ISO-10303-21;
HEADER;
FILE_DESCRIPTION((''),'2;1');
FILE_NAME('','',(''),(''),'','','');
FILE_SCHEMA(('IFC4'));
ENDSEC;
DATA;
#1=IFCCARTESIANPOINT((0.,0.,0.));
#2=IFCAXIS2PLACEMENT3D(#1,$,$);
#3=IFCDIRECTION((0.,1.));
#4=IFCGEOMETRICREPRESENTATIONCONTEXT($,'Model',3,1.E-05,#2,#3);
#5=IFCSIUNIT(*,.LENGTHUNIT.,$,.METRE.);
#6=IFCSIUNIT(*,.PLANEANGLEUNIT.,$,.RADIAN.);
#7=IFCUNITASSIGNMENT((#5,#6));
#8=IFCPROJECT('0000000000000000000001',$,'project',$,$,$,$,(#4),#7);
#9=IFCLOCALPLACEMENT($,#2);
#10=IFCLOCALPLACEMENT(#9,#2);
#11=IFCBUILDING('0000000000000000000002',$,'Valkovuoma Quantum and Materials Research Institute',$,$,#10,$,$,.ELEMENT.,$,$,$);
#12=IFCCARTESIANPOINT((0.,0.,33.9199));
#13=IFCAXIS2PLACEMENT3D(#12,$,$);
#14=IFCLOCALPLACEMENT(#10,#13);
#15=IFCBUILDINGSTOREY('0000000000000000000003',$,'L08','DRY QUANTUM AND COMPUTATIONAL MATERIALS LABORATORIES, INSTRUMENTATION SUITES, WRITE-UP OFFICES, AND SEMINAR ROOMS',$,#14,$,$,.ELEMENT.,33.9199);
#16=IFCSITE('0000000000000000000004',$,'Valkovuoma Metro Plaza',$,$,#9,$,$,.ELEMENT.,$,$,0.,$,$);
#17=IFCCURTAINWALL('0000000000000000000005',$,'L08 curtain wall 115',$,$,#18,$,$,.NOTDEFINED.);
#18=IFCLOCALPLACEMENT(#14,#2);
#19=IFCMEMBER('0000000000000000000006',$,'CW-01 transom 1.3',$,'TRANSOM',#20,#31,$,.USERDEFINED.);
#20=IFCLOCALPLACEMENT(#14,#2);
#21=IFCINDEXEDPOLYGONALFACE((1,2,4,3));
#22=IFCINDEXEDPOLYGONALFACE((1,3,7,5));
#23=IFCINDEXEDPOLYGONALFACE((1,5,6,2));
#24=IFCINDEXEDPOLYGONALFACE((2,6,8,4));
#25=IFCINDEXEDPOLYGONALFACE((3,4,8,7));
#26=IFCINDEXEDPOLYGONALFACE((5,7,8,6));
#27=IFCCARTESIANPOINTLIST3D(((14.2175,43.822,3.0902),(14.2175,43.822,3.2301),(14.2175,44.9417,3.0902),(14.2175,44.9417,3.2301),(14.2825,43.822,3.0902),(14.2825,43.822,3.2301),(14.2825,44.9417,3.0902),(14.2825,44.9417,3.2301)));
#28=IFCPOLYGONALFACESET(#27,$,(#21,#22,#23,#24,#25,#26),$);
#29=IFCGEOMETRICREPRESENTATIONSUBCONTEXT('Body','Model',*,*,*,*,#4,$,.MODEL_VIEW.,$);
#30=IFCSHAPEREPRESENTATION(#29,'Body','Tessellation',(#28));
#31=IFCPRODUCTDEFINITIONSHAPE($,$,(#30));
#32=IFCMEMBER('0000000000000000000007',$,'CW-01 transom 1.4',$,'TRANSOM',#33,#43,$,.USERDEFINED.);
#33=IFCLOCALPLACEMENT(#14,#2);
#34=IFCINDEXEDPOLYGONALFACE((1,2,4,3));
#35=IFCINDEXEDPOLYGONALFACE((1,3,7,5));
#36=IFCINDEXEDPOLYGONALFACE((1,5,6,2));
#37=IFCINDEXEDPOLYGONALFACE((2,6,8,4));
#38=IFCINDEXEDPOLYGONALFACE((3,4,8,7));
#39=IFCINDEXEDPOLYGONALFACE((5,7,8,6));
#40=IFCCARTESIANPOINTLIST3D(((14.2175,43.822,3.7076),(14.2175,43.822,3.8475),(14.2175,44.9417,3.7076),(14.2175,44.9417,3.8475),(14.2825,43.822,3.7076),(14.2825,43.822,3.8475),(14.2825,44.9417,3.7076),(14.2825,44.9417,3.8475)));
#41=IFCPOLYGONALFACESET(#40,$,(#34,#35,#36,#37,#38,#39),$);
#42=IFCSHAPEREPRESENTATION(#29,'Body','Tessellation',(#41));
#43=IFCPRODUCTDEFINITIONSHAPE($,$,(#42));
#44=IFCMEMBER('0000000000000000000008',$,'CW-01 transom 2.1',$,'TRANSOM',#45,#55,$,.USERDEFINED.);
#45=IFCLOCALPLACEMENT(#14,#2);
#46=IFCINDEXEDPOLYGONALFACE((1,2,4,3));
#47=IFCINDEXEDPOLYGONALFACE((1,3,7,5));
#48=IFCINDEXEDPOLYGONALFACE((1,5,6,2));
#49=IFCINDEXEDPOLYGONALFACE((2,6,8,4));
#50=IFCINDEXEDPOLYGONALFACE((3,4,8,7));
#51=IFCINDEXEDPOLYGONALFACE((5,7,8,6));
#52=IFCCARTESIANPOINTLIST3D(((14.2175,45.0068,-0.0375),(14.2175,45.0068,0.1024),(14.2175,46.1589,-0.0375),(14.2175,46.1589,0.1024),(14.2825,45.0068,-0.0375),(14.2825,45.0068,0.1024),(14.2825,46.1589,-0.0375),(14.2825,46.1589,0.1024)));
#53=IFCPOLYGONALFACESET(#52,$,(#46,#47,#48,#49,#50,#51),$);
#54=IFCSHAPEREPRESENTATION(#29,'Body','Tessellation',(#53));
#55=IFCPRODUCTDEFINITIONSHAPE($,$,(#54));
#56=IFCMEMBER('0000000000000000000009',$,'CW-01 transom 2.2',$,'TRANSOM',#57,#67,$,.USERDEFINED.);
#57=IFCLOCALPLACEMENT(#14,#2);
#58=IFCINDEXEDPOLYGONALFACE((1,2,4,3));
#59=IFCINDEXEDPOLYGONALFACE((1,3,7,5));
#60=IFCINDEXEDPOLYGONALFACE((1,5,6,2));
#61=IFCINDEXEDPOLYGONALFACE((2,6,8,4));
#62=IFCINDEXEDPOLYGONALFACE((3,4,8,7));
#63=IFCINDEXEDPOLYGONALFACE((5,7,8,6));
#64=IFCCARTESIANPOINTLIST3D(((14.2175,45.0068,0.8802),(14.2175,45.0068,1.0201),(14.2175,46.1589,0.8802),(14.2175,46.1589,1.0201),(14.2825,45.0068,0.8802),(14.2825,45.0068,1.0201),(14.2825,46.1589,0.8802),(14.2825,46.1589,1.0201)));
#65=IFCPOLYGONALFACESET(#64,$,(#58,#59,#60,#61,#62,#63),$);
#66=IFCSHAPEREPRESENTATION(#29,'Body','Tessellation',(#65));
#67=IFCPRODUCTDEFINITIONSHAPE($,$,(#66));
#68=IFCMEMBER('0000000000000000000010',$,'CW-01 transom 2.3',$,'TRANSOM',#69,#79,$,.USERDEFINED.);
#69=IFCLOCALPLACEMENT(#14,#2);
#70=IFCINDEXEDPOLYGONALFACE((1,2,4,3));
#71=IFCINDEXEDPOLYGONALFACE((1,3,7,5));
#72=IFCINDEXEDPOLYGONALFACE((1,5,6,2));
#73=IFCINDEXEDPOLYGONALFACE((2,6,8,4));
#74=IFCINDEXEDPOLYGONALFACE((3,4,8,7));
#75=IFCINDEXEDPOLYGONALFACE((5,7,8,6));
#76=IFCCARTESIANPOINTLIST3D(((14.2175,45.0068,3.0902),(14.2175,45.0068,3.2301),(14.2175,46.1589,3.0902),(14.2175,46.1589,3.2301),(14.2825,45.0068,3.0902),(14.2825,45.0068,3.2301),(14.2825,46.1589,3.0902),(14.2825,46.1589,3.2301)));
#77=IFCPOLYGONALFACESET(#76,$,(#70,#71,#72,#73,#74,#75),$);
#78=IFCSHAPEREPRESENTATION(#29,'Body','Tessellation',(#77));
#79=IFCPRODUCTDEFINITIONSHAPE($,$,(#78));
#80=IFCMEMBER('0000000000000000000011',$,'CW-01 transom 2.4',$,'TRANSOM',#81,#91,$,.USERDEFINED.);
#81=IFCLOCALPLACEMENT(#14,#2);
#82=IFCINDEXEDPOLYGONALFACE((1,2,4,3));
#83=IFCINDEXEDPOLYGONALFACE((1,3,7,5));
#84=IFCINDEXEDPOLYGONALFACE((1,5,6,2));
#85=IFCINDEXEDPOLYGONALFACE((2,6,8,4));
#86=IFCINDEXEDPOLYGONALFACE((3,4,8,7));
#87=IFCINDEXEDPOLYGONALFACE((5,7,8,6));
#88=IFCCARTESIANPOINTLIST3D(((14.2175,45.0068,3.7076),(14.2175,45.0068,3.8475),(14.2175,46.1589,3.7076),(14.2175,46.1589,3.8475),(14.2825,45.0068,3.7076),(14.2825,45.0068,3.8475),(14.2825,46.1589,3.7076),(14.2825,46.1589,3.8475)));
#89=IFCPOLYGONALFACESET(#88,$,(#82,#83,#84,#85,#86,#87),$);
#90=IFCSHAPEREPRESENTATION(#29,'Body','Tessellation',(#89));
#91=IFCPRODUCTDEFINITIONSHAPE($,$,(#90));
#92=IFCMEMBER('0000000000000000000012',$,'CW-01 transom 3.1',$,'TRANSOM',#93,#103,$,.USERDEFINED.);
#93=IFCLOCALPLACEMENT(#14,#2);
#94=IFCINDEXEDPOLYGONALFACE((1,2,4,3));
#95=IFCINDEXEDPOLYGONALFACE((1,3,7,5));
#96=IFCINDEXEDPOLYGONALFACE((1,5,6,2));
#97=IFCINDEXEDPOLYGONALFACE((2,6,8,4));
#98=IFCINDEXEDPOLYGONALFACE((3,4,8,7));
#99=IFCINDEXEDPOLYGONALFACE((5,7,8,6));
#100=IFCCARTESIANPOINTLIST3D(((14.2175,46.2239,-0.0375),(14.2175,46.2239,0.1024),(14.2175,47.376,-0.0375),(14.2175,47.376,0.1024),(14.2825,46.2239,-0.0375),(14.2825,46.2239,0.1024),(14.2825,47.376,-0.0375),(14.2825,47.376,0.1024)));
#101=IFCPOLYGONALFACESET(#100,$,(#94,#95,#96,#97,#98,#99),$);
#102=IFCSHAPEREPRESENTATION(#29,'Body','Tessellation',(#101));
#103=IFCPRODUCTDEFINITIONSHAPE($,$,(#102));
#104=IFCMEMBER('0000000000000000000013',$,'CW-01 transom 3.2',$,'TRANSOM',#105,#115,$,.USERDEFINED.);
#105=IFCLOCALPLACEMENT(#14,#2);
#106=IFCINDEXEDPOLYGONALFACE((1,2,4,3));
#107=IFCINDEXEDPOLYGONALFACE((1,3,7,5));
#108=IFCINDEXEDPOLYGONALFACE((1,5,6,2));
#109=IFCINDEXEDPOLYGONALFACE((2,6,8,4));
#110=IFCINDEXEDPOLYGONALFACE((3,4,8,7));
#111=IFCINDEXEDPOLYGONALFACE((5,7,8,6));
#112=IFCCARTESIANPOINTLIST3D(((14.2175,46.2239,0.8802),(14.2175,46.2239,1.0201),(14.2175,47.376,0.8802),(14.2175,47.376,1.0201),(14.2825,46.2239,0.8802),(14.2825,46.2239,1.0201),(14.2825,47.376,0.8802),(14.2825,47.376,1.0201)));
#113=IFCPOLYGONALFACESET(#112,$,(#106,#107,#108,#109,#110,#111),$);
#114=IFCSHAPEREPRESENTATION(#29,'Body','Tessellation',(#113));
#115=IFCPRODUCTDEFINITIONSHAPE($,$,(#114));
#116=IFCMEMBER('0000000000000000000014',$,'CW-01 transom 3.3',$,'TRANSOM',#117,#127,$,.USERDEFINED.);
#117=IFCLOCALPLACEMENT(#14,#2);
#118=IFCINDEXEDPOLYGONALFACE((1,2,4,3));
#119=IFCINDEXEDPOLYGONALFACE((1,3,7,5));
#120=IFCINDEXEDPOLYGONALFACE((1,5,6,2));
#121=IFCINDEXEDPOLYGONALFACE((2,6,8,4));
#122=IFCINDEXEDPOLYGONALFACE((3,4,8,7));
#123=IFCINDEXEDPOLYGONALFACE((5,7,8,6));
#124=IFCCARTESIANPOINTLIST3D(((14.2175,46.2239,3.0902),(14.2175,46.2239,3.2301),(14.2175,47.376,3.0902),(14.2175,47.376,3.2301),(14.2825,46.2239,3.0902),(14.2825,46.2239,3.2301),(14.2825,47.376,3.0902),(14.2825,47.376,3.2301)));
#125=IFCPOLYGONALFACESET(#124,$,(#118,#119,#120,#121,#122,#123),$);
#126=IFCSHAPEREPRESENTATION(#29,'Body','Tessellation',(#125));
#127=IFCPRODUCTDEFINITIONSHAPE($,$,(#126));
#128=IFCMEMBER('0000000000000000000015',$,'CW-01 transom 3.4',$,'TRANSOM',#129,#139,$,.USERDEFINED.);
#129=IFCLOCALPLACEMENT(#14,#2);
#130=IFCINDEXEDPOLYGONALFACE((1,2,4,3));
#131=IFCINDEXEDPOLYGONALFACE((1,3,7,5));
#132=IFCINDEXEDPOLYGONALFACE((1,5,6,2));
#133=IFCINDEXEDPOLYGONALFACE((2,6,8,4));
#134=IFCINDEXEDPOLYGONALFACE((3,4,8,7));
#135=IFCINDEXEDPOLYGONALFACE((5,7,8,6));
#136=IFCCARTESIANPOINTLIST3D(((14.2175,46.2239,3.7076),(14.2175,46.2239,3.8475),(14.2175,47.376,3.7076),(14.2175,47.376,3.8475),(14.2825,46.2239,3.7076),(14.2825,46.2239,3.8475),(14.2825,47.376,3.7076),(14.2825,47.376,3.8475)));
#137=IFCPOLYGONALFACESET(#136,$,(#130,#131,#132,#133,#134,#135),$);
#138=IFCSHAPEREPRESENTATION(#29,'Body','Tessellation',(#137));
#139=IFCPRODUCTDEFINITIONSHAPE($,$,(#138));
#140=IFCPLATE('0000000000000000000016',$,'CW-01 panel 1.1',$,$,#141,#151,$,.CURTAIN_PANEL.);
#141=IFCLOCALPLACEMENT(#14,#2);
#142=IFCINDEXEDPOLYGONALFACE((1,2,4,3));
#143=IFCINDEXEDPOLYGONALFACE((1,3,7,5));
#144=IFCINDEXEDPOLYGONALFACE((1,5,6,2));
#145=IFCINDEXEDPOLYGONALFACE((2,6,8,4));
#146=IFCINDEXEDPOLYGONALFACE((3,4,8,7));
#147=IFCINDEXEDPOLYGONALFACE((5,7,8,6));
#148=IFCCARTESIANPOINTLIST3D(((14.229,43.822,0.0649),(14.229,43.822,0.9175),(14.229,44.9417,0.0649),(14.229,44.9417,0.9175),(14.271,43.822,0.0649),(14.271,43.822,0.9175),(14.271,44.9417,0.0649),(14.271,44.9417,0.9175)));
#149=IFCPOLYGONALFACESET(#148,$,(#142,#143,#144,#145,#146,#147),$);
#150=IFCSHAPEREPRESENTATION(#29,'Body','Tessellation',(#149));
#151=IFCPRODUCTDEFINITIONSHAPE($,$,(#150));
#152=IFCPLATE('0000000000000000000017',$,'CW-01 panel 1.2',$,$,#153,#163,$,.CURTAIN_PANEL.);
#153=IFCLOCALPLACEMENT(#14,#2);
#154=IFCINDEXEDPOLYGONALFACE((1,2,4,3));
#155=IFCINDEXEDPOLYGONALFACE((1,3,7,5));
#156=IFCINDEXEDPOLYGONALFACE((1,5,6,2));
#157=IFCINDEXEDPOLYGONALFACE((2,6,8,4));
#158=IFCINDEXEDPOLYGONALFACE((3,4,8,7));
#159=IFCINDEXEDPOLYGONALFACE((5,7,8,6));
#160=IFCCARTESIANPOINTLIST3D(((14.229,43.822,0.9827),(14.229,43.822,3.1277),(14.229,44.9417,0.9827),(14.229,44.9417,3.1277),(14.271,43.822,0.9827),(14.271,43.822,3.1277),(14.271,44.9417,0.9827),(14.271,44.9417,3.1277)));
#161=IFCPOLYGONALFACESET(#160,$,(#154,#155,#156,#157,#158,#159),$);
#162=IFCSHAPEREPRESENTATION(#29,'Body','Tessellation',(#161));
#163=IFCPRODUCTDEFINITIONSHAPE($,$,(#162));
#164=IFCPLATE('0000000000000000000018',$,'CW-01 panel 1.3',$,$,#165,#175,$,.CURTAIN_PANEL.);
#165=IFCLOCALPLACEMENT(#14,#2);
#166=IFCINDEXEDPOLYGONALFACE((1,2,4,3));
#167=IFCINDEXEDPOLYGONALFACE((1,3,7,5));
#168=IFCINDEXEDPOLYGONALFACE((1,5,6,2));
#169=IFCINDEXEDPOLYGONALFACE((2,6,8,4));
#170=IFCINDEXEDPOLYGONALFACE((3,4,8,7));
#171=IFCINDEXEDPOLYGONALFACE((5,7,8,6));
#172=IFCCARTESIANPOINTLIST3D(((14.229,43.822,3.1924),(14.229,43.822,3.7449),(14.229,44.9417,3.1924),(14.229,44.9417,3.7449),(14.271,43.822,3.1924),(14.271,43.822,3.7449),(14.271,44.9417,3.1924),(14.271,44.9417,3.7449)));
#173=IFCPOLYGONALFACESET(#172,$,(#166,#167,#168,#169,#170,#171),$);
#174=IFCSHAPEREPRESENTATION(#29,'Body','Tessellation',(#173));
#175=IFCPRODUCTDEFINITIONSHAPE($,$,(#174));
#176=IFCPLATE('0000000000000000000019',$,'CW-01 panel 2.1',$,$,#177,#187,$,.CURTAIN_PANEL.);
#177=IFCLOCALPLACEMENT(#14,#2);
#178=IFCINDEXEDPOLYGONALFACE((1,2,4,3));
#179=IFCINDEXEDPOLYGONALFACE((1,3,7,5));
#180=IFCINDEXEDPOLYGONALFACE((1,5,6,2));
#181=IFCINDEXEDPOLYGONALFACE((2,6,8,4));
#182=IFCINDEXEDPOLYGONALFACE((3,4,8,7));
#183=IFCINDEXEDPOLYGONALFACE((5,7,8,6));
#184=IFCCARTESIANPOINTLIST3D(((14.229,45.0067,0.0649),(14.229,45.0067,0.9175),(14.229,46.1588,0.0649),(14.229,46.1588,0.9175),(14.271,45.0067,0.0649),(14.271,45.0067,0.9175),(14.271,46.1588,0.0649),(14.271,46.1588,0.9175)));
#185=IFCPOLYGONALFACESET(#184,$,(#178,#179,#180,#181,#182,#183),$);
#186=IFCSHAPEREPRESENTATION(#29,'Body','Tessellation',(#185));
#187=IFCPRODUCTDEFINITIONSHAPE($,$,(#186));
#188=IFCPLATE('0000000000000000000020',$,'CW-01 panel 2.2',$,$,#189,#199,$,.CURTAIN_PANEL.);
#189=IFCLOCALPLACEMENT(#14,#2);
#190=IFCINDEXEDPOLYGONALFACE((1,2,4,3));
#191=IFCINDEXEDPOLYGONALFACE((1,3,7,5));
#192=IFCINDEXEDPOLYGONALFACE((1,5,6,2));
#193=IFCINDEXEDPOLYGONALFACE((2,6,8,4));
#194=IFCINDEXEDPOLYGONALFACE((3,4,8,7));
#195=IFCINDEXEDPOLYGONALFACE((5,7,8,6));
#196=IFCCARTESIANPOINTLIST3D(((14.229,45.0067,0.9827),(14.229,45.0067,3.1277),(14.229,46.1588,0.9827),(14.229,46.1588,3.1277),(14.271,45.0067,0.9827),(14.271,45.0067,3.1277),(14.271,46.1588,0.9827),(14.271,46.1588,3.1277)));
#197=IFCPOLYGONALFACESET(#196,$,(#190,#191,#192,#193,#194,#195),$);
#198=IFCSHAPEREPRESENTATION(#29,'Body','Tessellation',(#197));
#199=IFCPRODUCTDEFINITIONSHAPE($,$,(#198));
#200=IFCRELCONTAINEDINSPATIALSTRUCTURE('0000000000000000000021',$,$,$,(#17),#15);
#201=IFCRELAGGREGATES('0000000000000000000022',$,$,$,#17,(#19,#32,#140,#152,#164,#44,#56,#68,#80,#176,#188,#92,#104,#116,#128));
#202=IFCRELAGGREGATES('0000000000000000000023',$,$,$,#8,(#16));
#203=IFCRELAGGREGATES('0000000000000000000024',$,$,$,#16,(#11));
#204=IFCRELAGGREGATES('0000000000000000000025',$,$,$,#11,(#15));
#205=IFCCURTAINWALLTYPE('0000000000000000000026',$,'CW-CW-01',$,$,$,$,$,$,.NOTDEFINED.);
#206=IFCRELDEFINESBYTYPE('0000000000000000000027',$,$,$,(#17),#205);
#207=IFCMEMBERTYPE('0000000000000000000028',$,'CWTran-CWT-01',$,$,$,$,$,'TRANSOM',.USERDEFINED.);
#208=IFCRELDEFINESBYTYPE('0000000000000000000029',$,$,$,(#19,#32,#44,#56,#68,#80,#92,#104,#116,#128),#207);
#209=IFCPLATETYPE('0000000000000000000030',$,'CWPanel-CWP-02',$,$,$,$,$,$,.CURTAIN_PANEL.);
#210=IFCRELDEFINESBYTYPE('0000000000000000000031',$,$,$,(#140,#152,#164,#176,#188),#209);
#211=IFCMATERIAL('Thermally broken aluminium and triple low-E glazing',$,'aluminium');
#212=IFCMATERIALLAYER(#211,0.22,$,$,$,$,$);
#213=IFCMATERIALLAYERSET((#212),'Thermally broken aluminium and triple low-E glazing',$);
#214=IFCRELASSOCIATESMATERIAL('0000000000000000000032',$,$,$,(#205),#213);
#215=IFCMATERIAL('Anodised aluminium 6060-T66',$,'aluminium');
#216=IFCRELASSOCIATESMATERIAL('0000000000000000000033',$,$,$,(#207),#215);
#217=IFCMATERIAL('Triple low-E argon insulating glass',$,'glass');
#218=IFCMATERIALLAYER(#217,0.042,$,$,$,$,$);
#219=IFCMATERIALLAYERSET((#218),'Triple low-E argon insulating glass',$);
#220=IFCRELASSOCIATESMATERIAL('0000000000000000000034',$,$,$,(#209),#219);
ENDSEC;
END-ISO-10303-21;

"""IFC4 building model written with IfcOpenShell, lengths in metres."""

from ifc_helpers import new_model, si_unit, direction, frame, origin, origin_2d, place, context, subcontext, project, spatial, rectangle, extrude, material, layer, layer_set, material_profile, profile_set, type_object, element, aggregate, save


model = new_model("IFC4")

# Units and contexts
model_context = context("Model", 3, precision=1e-05, world=origin(), true_north=direction((0.0, 1.0)))
body_context = subcontext(model_context, "Body", "Model", "MODEL_VIEW")
ifc_project = project(units=[si_unit("LENGTHUNIT", "METRE"), si_unit("PLANEANGLEUNIT", "RADIAN")], contexts=[model_context])

# Site, building, storey
site_placement = place(None, origin())
site = spatial("IfcSite", under=ifc_project, at=site_placement, Name="Valkovuoma Metro Plaza", CompositionType="ELEMENT", RefElevation=0.0)
building_placement = place(site_placement, origin())
building = spatial("IfcBuilding", under=site, at=building_placement, Name="Valkovuoma Quantum and Materials Research Institute", CompositionType="ELEMENT")
storey_placement = place(building_placement, frame((0.0, 0.0, 33.9199)))
storey = spatial("IfcBuildingStorey", under=building, at=storey_placement, Name="L08", Description="DRY QUANTUM AND COMPUTATIONAL MATERIALS LABORATORIES, INSTRUMENTATION SUITES, WRITE-UP OFFICES, AND SEMINAR ROOMS", CompositionType="ELEMENT", Elevation=33.9199)

# Curtain wall, members, plates
ifc_material_1 = material(Name="Thermally broken aluminium and triple low-E glazing", Category="aluminium")
ifc_layer_1 = layer(ifc_material_1, 0.22)
ifc_layer_set_1 = layer_set([ifc_layer_1], Name="Thermally broken aluminium and triple low-E glazing")
curtain_wall_type = type_object("IfcCurtainWallType", Name="CW-CW-01", PredefinedType="NOTDEFINED", material=ifc_layer_set_1)
curtain_wall_placement = place(storey_placement, origin())
curtain_wall = element("IfcCurtainWall", 1, at=curtain_wall_placement, inside=storey, type_object=curtain_wall_type, Name="L08 curtain wall 115", PredefinedType="NOTDEFINED")
ifc_material_2 = material(Name="Anodised aluminium 6060-T66", Category="aluminium")
ifc_material_profile_1 = material_profile(ifc_material_2, rectangle(XDim=0.0649, YDim=0.1399, at=origin_2d()), Name="Anodised aluminium 6060-T66")
ifc_profile_set_1 = profile_set([ifc_material_profile_1], Name="Anodised aluminium 6060-T66")
member_type_1 = type_object("IfcMemberType", Name="CWTran-CWT-01", ElementType="TRANSOM", PredefinedType="USERDEFINED", material=ifc_profile_set_1)
member_1_placement = place(storey_placement, frame((14.25, 43.822, 3.1602), z_axis=(0.0, 1.0, 0.0), x_axis=(-1.0, 0.0, 0.0)))
member_1 = element("IfcMember", 2, at=member_1_placement, type_object=member_type_1, Name="CW-01 transom 1.3", ObjectType="TRANSOM", PredefinedType="USERDEFINED", context=body_context, shape_type="SweptSolid", body=[
    extrude(rectangle(XDim=0.0649, YDim=0.1399, at=origin_2d()), origin(), (0.0, 0.0, 1.0), 1.1196),
])
member_2_placement = place(storey_placement, frame((14.25, 43.822, 3.7776), z_axis=(0.0, 1.0, 0.0), x_axis=(-1.0, 0.0, 0.0)))
member_2 = element("IfcMember", 3, at=member_2_placement, type_object=member_type_1, Name="CW-01 transom 1.4", ObjectType="TRANSOM", PredefinedType="USERDEFINED", context=body_context, shape_type="SweptSolid", body=[
    extrude(rectangle(XDim=0.0649, YDim=0.1399, at=origin_2d()), origin(), (0.0, 0.0, 1.0), 1.1196),
])
member_3_placement = place(storey_placement, frame((14.25, 45.0068, 0.0325), z_axis=(0.0, 1.0, 0.0), x_axis=(-1.0, 0.0, 0.0)))
member_3 = element("IfcMember", 4, at=member_3_placement, type_object=member_type_1, Name="CW-01 transom 2.1", ObjectType="TRANSOM", PredefinedType="USERDEFINED", context=body_context, shape_type="SweptSolid", body=[
    extrude(rectangle(XDim=0.0649, YDim=0.1399, at=origin_2d()), origin(), (0.0, 0.0, 1.0), 1.1521),
])
member_4_placement = place(storey_placement, frame((14.25, 45.0068, 0.9502), z_axis=(0.0, 1.0, 0.0), x_axis=(-1.0, 0.0, 0.0)))
member_4 = element("IfcMember", 5, at=member_4_placement, type_object=member_type_1, Name="CW-01 transom 2.2", ObjectType="TRANSOM", PredefinedType="USERDEFINED", context=body_context, shape_type="SweptSolid", body=[
    extrude(rectangle(XDim=0.0649, YDim=0.1399, at=origin_2d()), origin(), (0.0, 0.0, 1.0), 1.1521),
])
member_5_placement = place(storey_placement, frame((14.25, 45.0068, 3.1602), z_axis=(0.0, 1.0, 0.0), x_axis=(-1.0, 0.0, 0.0)))
member_5 = element("IfcMember", 6, at=member_5_placement, type_object=member_type_1, Name="CW-01 transom 2.3", ObjectType="TRANSOM", PredefinedType="USERDEFINED", context=body_context, shape_type="SweptSolid", body=[
    extrude(rectangle(XDim=0.0649, YDim=0.1399, at=origin_2d()), origin(), (0.0, 0.0, 1.0), 1.1521),
])
member_6_placement = place(storey_placement, frame((14.25, 45.0068, 3.7776), z_axis=(0.0, 1.0, 0.0), x_axis=(-1.0, 0.0, 0.0)))
member_6 = element("IfcMember", 7, at=member_6_placement, type_object=member_type_1, Name="CW-01 transom 2.4", ObjectType="TRANSOM", PredefinedType="USERDEFINED", context=body_context, shape_type="SweptSolid", body=[
    extrude(rectangle(XDim=0.0649, YDim=0.1399, at=origin_2d()), origin(), (0.0, 0.0, 1.0), 1.1521),
])
member_7_placement = place(storey_placement, frame((14.25, 46.2239, 0.0325), z_axis=(0.0, 1.0, 0.0), x_axis=(-1.0, 0.0, 0.0)))
member_7 = element("IfcMember", 8, at=member_7_placement, type_object=member_type_1, Name="CW-01 transom 3.1", ObjectType="TRANSOM", PredefinedType="USERDEFINED", context=body_context, shape_type="SweptSolid", body=[
    extrude(rectangle(XDim=0.0649, YDim=0.1399, at=origin_2d()), origin(), (0.0, 0.0, 1.0), 1.1521),
])
member_8_placement = place(storey_placement, frame((14.25, 46.2239, 0.9502), z_axis=(0.0, 1.0, 0.0), x_axis=(-1.0, 0.0, 0.0)))
member_8 = element("IfcMember", 9, at=member_8_placement, type_object=member_type_1, Name="CW-01 transom 3.2", ObjectType="TRANSOM", PredefinedType="USERDEFINED", context=body_context, shape_type="SweptSolid", body=[
    extrude(rectangle(XDim=0.0649, YDim=0.1399, at=origin_2d()), origin(), (0.0, 0.0, 1.0), 1.1521),
])
member_9_placement = place(storey_placement, frame((14.25, 46.2239, 3.1602), z_axis=(0.0, 1.0, 0.0), x_axis=(-1.0, 0.0, 0.0)))
member_9 = element("IfcMember", 10, at=member_9_placement, type_object=member_type_1, Name="CW-01 transom 3.3", ObjectType="TRANSOM", PredefinedType="USERDEFINED", context=body_context, shape_type="SweptSolid", body=[
    extrude(rectangle(XDim=0.0649, YDim=0.1399, at=origin_2d()), origin(), (0.0, 0.0, 1.0), 1.1521),
])
member_10_placement = place(storey_placement, frame((14.25, 46.2239, 3.7776), z_axis=(0.0, 1.0, 0.0), x_axis=(-1.0, 0.0, 0.0)))
member_10 = element("IfcMember", 11, at=member_10_placement, type_object=member_type_1, Name="CW-01 transom 3.4", ObjectType="TRANSOM", PredefinedType="USERDEFINED", context=body_context, shape_type="SweptSolid", body=[
    extrude(rectangle(XDim=0.0649, YDim=0.1399, at=origin_2d()), origin(), (0.0, 0.0, 1.0), 1.1521),
])
ifc_material_3 = material(Name="Triple low-E argon insulating glass", Category="glass")
ifc_layer_2 = layer(ifc_material_3, 0.042)
ifc_layer_set_2 = layer_set([ifc_layer_2], Name="Triple low-E argon insulating glass")
plate_type = type_object("IfcPlateType", Name="CWPanel-CWP-02", PredefinedType="CURTAIN_PANEL", material=ifc_layer_set_2)
plate_1_placement = place(storey_placement, frame((14.25, 44.3818, 0.0649), z_axis=(0.0, 0.0, 1.0), x_axis=(0.0, 1.0, 0.0)))
plate_1 = element("IfcPlate", 12, at=plate_1_placement, type_object=plate_type, Name="CW-01 panel 1.1", PredefinedType="CURTAIN_PANEL", context=body_context, shape_type="SweptSolid", body=[
    extrude(rectangle(XDim=1.1196, YDim=0.042, at=origin_2d()), origin(), (0.0, 0.0, 1.0), 0.8525),
])
plate_2_placement = place(storey_placement, frame((14.25, 44.3818, 0.9827), z_axis=(0.0, 0.0, 1.0), x_axis=(0.0, 1.0, 0.0)))
plate_2 = element("IfcPlate", 13, at=plate_2_placement, type_object=plate_type, Name="CW-01 panel 1.2", PredefinedType="CURTAIN_PANEL", context=body_context, shape_type="SweptSolid", body=[
    extrude(rectangle(XDim=1.1196, YDim=0.042, at=origin_2d()), origin(), (0.0, 0.0, 1.0), 2.145),
])
plate_3_placement = place(storey_placement, frame((14.25, 44.3818, 3.1924), z_axis=(0.0, 0.0, 1.0), x_axis=(0.0, 1.0, 0.0)))
plate_3 = element("IfcPlate", 14, at=plate_3_placement, type_object=plate_type, Name="CW-01 panel 1.3", PredefinedType="CURTAIN_PANEL", context=body_context, shape_type="SweptSolid", body=[
    extrude(rectangle(XDim=1.1196, YDim=0.042, at=origin_2d()), origin(), (0.0, 0.0, 1.0), 0.5525),
])
plate_4_placement = place(storey_placement, frame((14.25, 45.5828, 0.0649), z_axis=(0.0, 0.0, 1.0), x_axis=(0.0, 1.0, 0.0)))
plate_4 = element("IfcPlate", 15, at=plate_4_placement, type_object=plate_type, Name="CW-01 panel 2.1", PredefinedType="CURTAIN_PANEL", context=body_context, shape_type="SweptSolid", body=[
    extrude(rectangle(XDim=1.1521, YDim=0.042, at=origin_2d()), origin(), (0.0, 0.0, 1.0), 0.8525),
])
plate_5_placement = place(storey_placement, frame((14.25, 45.5828, 0.9827), z_axis=(0.0, 0.0, 1.0), x_axis=(0.0, 1.0, 0.0)))
plate_5 = element("IfcPlate", 16, at=plate_5_placement, type_object=plate_type, Name="CW-01 panel 2.2", PredefinedType="CURTAIN_PANEL", context=body_context, shape_type="SweptSolid", body=[
    extrude(rectangle(XDim=1.1521, YDim=0.042, at=origin_2d()), origin(), (0.0, 0.0, 1.0), 2.145),
])
aggregate(curtain_wall, [member_1, member_2, plate_1, plate_2, plate_3, member_3, member_4, member_5, member_6, plate_4, plate_5, member_7, member_8, member_9, member_10])

save(model, "model.ifc")
